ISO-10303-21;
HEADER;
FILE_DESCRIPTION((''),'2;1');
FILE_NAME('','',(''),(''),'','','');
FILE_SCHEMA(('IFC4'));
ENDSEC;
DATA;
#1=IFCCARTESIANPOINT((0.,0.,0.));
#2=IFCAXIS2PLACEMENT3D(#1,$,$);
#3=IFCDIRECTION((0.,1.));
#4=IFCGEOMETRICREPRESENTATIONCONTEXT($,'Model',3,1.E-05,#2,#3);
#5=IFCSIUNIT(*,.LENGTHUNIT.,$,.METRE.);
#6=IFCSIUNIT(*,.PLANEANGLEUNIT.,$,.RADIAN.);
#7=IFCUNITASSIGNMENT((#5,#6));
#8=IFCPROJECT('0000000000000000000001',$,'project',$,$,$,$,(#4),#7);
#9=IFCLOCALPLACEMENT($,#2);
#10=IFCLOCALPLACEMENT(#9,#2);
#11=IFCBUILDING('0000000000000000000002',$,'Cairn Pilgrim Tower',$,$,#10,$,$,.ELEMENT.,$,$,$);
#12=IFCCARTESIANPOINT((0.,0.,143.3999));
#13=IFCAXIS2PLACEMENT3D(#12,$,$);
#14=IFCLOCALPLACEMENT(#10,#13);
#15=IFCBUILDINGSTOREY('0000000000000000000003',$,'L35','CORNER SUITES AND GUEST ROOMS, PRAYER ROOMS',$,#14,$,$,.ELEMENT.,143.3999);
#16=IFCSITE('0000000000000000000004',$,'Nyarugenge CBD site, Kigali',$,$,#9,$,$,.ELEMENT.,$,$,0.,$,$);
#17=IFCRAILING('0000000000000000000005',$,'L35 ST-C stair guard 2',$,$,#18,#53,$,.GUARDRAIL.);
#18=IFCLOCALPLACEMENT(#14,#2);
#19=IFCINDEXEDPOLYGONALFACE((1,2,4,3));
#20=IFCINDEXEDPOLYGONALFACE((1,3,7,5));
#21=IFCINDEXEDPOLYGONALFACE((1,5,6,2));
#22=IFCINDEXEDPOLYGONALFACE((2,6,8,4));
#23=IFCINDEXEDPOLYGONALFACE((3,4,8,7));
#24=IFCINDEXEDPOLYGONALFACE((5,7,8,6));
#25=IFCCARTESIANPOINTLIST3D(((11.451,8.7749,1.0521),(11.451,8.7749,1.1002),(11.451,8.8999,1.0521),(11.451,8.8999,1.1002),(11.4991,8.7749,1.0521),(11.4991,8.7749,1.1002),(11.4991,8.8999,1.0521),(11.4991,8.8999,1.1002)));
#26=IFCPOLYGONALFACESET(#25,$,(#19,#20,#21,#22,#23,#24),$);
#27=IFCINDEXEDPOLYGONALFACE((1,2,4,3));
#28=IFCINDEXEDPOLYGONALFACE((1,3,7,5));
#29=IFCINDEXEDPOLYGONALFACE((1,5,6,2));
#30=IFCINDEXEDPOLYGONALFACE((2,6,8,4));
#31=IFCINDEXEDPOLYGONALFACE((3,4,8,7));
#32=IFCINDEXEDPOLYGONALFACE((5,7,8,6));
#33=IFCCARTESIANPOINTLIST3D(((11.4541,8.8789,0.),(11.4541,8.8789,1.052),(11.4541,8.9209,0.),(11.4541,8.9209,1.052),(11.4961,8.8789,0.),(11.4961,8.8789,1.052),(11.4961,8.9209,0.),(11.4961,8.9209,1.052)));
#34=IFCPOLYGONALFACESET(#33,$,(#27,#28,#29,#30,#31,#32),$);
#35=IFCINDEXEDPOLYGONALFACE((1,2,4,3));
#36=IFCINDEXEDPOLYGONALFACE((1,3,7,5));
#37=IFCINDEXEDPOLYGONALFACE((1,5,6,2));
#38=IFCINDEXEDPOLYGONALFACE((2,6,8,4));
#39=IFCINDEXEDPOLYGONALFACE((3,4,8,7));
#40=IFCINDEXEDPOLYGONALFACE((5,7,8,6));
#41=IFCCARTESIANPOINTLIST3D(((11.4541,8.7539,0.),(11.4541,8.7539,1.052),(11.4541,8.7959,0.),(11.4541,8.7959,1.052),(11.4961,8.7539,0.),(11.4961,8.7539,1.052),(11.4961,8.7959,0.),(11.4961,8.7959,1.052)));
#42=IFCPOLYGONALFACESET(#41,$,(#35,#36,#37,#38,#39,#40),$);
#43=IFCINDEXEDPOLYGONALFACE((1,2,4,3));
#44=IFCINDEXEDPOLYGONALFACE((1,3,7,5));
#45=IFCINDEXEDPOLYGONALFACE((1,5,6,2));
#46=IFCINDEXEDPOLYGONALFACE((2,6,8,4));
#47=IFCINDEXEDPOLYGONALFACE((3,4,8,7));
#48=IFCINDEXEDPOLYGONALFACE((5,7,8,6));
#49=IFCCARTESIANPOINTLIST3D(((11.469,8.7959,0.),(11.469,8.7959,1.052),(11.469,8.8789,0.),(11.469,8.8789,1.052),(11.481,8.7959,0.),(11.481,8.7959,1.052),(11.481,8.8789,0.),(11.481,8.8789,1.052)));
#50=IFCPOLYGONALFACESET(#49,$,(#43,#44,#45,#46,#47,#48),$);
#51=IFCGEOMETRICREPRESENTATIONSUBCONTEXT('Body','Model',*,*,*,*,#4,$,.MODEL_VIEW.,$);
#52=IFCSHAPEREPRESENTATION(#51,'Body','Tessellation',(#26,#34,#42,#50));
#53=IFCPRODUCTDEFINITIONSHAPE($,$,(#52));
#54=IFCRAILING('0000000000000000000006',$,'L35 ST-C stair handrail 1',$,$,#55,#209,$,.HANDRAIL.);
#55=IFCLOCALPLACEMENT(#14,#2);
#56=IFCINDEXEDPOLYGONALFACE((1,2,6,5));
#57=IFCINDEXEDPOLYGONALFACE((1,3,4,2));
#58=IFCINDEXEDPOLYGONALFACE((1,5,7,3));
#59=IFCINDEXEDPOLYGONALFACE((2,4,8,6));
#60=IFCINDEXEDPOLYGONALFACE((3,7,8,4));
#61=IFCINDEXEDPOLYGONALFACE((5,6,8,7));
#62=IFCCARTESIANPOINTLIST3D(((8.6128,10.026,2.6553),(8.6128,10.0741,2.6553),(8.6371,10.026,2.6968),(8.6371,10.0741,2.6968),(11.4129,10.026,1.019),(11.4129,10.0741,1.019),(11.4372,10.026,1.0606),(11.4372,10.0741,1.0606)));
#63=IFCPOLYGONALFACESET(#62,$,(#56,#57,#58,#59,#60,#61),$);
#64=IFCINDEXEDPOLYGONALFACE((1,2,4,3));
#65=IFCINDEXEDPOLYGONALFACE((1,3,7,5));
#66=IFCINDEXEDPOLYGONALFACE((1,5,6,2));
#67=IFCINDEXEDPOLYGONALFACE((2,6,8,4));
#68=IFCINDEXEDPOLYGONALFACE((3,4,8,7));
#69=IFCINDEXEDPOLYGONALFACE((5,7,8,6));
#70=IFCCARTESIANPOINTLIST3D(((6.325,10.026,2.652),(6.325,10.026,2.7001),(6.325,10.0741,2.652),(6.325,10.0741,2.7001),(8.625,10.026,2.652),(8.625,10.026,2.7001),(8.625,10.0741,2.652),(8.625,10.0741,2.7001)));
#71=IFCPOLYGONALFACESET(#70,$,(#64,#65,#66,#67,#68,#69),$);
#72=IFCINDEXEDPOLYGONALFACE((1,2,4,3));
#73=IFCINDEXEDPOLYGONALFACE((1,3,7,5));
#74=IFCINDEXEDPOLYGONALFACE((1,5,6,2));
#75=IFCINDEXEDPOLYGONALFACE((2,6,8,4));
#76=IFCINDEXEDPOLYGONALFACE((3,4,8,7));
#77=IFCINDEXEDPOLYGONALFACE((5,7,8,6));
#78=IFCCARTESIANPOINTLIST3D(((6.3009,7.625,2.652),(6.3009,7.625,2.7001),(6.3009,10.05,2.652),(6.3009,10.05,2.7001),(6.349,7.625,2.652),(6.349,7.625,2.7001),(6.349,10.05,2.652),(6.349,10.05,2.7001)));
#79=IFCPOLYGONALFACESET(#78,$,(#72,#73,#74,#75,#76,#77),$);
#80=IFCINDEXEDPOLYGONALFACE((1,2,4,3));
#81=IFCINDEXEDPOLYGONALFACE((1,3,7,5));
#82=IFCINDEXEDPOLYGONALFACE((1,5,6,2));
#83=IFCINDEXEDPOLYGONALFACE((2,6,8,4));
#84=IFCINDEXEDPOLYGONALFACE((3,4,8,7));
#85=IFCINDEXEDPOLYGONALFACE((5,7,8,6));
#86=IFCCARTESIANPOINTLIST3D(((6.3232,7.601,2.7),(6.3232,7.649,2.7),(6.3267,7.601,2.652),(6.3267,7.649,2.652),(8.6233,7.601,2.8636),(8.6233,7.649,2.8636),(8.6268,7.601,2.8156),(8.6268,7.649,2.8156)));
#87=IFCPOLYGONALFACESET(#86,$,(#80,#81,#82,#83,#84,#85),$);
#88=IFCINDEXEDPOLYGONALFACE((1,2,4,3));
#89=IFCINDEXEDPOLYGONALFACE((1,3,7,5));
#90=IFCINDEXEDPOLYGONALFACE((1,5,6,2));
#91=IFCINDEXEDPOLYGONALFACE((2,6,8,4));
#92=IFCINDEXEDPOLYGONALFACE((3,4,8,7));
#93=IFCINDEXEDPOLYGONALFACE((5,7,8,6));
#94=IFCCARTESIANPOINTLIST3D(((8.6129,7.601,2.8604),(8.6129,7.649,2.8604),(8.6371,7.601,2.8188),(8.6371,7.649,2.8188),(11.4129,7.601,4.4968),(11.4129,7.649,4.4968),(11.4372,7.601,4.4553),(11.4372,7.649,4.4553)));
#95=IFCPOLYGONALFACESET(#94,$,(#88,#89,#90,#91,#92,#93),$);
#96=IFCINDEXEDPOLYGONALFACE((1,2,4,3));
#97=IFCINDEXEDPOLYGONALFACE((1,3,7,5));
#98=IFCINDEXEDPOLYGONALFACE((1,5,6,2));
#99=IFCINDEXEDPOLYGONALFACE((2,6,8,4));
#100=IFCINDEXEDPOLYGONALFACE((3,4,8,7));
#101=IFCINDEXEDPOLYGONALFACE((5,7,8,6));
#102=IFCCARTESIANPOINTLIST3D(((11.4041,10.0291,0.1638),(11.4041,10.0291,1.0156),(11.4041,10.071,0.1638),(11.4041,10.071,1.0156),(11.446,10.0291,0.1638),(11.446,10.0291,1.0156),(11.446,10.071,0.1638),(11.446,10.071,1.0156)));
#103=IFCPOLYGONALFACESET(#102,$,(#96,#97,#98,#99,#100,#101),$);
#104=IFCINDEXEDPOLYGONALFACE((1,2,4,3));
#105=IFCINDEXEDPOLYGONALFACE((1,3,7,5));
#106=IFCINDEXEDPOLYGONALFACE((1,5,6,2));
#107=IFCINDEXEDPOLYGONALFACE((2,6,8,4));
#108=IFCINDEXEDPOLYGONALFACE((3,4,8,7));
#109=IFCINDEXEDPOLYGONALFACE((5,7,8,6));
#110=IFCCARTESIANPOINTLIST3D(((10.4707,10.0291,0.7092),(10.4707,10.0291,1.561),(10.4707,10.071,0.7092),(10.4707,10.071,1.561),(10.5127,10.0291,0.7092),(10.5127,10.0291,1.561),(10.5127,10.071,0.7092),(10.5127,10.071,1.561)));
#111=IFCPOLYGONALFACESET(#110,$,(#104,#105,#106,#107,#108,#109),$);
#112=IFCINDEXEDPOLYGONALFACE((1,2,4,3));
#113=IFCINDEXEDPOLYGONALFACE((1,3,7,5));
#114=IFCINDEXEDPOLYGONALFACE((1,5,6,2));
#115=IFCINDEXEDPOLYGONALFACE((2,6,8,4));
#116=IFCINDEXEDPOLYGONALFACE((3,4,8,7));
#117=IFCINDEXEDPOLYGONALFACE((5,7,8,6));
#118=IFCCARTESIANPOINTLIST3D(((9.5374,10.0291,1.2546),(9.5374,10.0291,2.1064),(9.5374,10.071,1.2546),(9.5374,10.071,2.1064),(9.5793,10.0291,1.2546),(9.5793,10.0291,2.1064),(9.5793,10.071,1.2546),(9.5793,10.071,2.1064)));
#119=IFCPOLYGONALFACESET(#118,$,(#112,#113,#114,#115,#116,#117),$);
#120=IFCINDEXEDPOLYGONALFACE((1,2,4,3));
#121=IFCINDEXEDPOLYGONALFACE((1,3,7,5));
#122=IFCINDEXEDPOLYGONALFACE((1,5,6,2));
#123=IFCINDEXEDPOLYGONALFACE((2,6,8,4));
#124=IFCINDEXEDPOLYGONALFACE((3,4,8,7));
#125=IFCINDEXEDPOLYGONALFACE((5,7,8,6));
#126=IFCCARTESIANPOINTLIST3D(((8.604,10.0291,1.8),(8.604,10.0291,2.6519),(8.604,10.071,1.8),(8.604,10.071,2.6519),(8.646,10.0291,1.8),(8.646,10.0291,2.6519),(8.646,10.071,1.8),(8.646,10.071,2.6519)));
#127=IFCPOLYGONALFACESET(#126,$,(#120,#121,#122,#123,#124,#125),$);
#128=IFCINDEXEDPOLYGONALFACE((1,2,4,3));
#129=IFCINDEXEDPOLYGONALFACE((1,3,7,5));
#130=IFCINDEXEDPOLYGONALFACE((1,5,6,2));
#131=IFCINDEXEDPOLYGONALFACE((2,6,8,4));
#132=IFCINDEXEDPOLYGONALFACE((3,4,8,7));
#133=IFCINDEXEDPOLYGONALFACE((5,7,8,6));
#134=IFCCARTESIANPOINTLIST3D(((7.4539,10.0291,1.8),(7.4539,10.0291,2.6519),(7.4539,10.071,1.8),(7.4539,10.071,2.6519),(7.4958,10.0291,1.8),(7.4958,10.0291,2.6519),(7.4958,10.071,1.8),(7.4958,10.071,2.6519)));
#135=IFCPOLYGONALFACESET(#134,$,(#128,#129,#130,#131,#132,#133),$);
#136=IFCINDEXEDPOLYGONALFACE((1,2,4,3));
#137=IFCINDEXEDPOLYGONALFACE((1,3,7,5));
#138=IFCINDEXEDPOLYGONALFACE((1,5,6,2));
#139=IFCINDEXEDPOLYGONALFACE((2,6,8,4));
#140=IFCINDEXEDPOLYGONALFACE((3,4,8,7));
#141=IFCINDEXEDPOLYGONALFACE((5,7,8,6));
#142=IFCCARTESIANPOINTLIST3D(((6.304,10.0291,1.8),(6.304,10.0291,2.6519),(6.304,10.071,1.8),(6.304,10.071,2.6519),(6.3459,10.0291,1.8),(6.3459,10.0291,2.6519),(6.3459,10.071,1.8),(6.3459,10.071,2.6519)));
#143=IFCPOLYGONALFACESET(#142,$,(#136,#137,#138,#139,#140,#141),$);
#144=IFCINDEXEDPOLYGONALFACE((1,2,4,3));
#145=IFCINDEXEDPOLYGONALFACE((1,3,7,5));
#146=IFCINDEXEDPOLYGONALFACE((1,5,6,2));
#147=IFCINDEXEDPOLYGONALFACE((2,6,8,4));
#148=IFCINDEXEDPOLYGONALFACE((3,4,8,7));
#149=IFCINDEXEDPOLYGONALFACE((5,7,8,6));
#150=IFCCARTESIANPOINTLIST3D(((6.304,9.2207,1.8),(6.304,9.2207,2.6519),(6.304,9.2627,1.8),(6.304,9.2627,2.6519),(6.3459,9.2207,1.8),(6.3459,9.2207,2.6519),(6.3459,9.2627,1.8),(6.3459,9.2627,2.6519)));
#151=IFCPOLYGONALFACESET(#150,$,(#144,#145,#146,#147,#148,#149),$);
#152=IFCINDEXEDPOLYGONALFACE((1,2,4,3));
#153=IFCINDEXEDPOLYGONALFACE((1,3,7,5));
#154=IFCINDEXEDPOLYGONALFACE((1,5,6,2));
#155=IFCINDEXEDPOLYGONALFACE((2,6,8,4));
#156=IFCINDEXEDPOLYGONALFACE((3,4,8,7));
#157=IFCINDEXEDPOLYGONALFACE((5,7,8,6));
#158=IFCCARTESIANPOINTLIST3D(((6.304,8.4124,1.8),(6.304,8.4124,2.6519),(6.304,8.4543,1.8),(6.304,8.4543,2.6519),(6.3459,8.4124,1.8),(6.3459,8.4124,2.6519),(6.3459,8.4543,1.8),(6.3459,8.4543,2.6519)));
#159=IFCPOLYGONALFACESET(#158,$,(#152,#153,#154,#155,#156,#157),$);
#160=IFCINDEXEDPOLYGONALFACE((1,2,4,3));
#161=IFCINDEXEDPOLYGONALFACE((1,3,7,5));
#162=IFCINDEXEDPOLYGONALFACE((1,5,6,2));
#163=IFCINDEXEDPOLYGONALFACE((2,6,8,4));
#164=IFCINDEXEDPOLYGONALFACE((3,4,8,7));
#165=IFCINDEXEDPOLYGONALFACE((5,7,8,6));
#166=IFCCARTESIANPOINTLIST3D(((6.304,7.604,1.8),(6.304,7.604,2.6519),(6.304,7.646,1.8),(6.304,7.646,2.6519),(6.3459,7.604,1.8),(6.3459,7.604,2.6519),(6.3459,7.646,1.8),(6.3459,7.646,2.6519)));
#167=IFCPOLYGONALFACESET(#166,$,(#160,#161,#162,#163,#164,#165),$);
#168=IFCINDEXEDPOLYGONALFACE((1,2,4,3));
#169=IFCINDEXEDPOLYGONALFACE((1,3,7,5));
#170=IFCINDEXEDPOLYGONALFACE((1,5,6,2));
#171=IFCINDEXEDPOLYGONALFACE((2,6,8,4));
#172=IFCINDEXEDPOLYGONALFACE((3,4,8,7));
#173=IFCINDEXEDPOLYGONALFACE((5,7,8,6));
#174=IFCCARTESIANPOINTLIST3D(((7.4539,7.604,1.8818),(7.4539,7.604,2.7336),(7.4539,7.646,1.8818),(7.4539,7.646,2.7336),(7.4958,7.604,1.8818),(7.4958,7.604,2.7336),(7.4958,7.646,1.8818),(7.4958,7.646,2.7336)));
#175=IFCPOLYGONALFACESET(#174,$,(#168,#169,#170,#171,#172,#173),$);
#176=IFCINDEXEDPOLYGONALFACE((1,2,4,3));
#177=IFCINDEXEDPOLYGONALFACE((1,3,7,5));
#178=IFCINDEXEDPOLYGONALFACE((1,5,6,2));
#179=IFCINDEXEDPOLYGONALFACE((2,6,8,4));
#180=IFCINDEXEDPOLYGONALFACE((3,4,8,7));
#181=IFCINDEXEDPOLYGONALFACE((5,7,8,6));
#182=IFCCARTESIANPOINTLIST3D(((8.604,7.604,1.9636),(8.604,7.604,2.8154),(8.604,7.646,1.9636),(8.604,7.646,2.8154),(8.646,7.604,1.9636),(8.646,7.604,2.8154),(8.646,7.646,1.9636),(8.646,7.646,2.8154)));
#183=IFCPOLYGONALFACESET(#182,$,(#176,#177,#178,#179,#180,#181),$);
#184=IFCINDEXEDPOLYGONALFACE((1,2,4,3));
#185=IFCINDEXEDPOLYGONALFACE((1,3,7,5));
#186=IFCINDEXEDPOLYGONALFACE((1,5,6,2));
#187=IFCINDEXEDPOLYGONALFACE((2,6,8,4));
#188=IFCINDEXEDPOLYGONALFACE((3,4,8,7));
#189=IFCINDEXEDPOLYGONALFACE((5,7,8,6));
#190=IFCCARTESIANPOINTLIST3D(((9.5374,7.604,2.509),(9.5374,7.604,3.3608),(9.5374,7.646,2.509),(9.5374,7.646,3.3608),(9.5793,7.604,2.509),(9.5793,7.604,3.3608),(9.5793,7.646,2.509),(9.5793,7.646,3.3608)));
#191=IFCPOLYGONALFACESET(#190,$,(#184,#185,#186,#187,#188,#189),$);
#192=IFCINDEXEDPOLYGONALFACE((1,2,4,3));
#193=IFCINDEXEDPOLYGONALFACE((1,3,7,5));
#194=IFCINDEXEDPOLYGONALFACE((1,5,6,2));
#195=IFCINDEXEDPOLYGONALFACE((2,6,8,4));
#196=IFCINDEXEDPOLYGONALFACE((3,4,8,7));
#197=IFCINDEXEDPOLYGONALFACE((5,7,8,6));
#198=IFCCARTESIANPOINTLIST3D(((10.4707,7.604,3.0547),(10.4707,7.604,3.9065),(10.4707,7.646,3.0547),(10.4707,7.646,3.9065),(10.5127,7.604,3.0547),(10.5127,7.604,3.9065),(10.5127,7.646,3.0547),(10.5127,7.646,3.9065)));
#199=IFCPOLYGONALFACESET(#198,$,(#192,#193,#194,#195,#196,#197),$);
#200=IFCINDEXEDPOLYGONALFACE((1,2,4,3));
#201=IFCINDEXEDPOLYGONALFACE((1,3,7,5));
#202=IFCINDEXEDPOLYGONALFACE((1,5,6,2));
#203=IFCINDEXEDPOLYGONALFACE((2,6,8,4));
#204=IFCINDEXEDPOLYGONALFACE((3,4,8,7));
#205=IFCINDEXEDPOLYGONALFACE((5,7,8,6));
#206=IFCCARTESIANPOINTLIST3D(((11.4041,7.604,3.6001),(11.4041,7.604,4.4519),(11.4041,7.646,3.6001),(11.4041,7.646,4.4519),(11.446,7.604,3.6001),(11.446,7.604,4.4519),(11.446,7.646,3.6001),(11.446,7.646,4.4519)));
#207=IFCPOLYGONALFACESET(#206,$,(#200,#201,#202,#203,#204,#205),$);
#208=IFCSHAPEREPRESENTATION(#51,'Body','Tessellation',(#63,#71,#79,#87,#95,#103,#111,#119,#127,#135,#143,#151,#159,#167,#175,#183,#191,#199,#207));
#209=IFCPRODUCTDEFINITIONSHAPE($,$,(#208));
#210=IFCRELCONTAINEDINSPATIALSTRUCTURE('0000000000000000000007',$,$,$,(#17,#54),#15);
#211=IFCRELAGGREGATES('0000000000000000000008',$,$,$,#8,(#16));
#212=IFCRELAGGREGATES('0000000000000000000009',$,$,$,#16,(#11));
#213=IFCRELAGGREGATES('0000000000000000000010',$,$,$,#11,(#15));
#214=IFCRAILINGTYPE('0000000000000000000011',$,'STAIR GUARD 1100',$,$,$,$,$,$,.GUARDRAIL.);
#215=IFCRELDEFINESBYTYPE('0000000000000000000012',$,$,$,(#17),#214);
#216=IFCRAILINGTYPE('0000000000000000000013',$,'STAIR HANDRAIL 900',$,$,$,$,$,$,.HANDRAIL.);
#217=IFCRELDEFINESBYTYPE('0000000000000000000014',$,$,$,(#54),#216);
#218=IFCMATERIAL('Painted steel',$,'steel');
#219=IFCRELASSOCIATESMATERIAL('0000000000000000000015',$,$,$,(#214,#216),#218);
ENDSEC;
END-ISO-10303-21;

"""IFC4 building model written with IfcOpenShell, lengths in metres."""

from ifc_helpers import new_model, si_unit, direction, frame, origin, origin_2d, place, context, subcontext, project, spatial, polyline, rectangle, outline, extrude, material, type_object, element, save


model = new_model("IFC4")

# Units and contexts
model_context = context("Model", 3, precision=1e-05, world=origin(), true_north=direction((0.0, 1.0)))
body_context = subcontext(model_context, "Body", "Model", "MODEL_VIEW")
ifc_project = project(units=[si_unit("LENGTHUNIT", "METRE"), si_unit("PLANEANGLEUNIT", "RADIAN")], contexts=[model_context])

# Site, building, storey
site_placement = place(None, origin())
site = spatial("IfcSite", under=ifc_project, at=site_placement, Name="Nyarugenge CBD site, Kigali", CompositionType="ELEMENT", RefElevation=0.0)
building_placement = place(site_placement, origin())
building = spatial("IfcBuilding", under=site, at=building_placement, Name="Cairn Pilgrim Tower", CompositionType="ELEMENT")
storey_placement = place(building_placement, frame((0.0, 0.0, 143.3999)))
storey = spatial("IfcBuildingStorey", under=building, at=storey_placement, Name="L35", Description="CORNER SUITES AND GUEST ROOMS, PRAYER ROOMS", CompositionType="ELEMENT", Elevation=143.3999)

# Shared definitions
ifc_material_1 = material(Name="Painted steel", Category="steel")

# Railings
railing_type_1 = type_object("IfcRailingType", Name="STAIR GUARD 1100", PredefinedType="GUARDRAIL", material=ifc_material_1)
railing_1_placement = place(storey_placement, frame((11.4751, 8.8999, 0.0)))
element("IfcRailing", 1, at=railing_1_placement, inside=storey, type_object=railing_type_1, Name="L35 ST-C stair guard 2", PredefinedType="GUARDRAIL", context=body_context, shape_type="SweptSolid", body=[
    extrude(rectangle(XDim=0.0481, YDim=0.0481, at=origin_2d()), frame((0.0, 0.0, 1.0762), z_axis=(0.0, -1.0, 0.0), x_axis=(1.0, 0.0, 0.0)), (0.0, 0.0, 1.0), 0.125),
    extrude(rectangle(XDim=0.042, YDim=0.042, at=origin_2d()), origin(), (0.0, 0.0, 1.0), 1.052),
    extrude(rectangle(XDim=0.042, YDim=0.042, at=origin_2d()), frame((0.0, -0.125, 0.0)), (0.0, 0.0, 1.0), 1.052),
    extrude(outline(polyline([(0.021, 0.0), (0.104, 0.0), (0.104, 1.052), (0.021, 1.052), (0.021, 0.0)])), frame((0.0059, 0.0, 0.0), z_axis=(-1.0, 0.0, 0.0), x_axis=(0.0, -1.0, 0.0)), (0.0, 0.0, 1.0), 0.012),
])
railing_type_2 = type_object("IfcRailingType", Name="STAIR HANDRAIL 900", PredefinedType="HANDRAIL", material=ifc_material_1)
railing_2_placement = place(storey_placement, frame((11.425, 10.05, 0.1638)))
element("IfcRailing", 2, at=railing_2_placement, inside=storey, type_object=railing_type_2, Name="L35 ST-C stair handrail 1", PredefinedType="HANDRAIL", context=body_context, shape_type="SweptSolid", body=[
    extrude(rectangle(XDim=0.0481, YDim=0.0481, at=origin_2d()), frame((0.0, 0.0, 0.876), z_axis=(-0.863394, 0.0, 0.504531), x_axis=(0.0, -1.0, 0.0)), (0.0, 0.0, 1.0), 3.2432),
    extrude(rectangle(XDim=0.0481, YDim=0.0481, at=origin_2d()), frame((-2.8, 0.0, 2.5122), z_axis=(-1.0, 0.0, 0.0), x_axis=(0.0, -1.0, 0.0)), (0.0, 0.0, 1.0), 2.3),
    extrude(rectangle(XDim=0.0481, YDim=0.0481, at=origin_2d()), frame((-5.1001, 0.0, 2.5122), z_axis=(0.0, -1.0, 0.0), x_axis=(1.0, 0.0, 0.0)), (0.0, 0.0, 1.0), 2.425),
    extrude(rectangle(XDim=0.0481, YDim=0.0481, at=origin_2d()), frame((-5.1001, -2.425, 2.5122), z_axis=(0.997481, 0.0, 0.070939), x_axis=(0.0, 1.0, 0.0)), (0.0, 0.0, 1.0), 2.3059),
    extrude(rectangle(XDim=0.0481, YDim=0.0481, at=origin_2d()), frame((-2.8, -2.425, 2.6758), z_axis=(0.863361, 0.0, 0.504587), x_axis=(0.0, 1.0, 0.0)), (0.0, 0.0, 1.0), 3.2432),
    extrude(rectangle(XDim=0.042, YDim=0.042, at=origin_2d()), origin(), (0.0, 0.0, 1.0), 0.8518),
    extrude(rectangle(XDim=0.042, YDim=0.042, at=origin_2d()), frame((-0.9333, 0.0, 0.5454)), (0.0, 0.0, 1.0), 0.8518),
    extrude(rectangle(XDim=0.042, YDim=0.042, at=origin_2d()), frame((-1.8667, 0.0, 1.0908)), (0.0, 0.0, 1.0), 0.8518),
    extrude(rectangle(XDim=0.042, YDim=0.042, at=origin_2d()), frame((-2.8, 0.0, 1.6362)), (0.0, 0.0, 1.0), 0.8518),
    extrude(rectangle(XDim=0.042, YDim=0.042, at=origin_2d()), frame((-3.9502, 0.0, 1.6362)), (0.0, 0.0, 1.0), 0.8518),
    extrude(rectangle(XDim=0.042, YDim=0.042, at=origin_2d()), frame((-5.1001, 0.0, 1.6362)), (0.0, 0.0, 1.0), 0.8518),
    extrude(rectangle(XDim=0.042, YDim=0.042, at=origin_2d()), frame((-5.1001, -0.8083, 1.6362)), (0.0, 0.0, 1.0), 0.8518),
    extrude(rectangle(XDim=0.042, YDim=0.042, at=origin_2d()), frame((-5.1001, -1.6167, 1.6362)), (0.0, 0.0, 1.0), 0.8518),
    extrude(rectangle(XDim=0.042, YDim=0.042, at=origin_2d()), frame((-5.1001, -2.425, 1.6362)), (0.0, 0.0, 1.0), 0.8518),
    extrude(rectangle(XDim=0.042, YDim=0.042, at=origin_2d()), frame((-3.9502, -2.425, 1.718)), (0.0, 0.0, 1.0), 0.8518),
    extrude(rectangle(XDim=0.042, YDim=0.042, at=origin_2d()), frame((-2.8, -2.425, 1.7998)), (0.0, 0.0, 1.0), 0.8518),
    extrude(rectangle(XDim=0.042, YDim=0.042, at=origin_2d()), frame((-1.8667, -2.425, 2.3452)), (0.0, 0.0, 1.0), 0.8518),
    extrude(rectangle(XDim=0.042, YDim=0.042, at=origin_2d()), frame((-0.9333, -2.425, 2.8909)), (0.0, 0.0, 1.0), 0.8518),
    extrude(rectangle(XDim=0.042, YDim=0.042, at=origin_2d()), frame((0.0, -2.425, 3.4363)), (0.0, 0.0, 1.0), 0.8518),
])

save(model, "model.ifc")
